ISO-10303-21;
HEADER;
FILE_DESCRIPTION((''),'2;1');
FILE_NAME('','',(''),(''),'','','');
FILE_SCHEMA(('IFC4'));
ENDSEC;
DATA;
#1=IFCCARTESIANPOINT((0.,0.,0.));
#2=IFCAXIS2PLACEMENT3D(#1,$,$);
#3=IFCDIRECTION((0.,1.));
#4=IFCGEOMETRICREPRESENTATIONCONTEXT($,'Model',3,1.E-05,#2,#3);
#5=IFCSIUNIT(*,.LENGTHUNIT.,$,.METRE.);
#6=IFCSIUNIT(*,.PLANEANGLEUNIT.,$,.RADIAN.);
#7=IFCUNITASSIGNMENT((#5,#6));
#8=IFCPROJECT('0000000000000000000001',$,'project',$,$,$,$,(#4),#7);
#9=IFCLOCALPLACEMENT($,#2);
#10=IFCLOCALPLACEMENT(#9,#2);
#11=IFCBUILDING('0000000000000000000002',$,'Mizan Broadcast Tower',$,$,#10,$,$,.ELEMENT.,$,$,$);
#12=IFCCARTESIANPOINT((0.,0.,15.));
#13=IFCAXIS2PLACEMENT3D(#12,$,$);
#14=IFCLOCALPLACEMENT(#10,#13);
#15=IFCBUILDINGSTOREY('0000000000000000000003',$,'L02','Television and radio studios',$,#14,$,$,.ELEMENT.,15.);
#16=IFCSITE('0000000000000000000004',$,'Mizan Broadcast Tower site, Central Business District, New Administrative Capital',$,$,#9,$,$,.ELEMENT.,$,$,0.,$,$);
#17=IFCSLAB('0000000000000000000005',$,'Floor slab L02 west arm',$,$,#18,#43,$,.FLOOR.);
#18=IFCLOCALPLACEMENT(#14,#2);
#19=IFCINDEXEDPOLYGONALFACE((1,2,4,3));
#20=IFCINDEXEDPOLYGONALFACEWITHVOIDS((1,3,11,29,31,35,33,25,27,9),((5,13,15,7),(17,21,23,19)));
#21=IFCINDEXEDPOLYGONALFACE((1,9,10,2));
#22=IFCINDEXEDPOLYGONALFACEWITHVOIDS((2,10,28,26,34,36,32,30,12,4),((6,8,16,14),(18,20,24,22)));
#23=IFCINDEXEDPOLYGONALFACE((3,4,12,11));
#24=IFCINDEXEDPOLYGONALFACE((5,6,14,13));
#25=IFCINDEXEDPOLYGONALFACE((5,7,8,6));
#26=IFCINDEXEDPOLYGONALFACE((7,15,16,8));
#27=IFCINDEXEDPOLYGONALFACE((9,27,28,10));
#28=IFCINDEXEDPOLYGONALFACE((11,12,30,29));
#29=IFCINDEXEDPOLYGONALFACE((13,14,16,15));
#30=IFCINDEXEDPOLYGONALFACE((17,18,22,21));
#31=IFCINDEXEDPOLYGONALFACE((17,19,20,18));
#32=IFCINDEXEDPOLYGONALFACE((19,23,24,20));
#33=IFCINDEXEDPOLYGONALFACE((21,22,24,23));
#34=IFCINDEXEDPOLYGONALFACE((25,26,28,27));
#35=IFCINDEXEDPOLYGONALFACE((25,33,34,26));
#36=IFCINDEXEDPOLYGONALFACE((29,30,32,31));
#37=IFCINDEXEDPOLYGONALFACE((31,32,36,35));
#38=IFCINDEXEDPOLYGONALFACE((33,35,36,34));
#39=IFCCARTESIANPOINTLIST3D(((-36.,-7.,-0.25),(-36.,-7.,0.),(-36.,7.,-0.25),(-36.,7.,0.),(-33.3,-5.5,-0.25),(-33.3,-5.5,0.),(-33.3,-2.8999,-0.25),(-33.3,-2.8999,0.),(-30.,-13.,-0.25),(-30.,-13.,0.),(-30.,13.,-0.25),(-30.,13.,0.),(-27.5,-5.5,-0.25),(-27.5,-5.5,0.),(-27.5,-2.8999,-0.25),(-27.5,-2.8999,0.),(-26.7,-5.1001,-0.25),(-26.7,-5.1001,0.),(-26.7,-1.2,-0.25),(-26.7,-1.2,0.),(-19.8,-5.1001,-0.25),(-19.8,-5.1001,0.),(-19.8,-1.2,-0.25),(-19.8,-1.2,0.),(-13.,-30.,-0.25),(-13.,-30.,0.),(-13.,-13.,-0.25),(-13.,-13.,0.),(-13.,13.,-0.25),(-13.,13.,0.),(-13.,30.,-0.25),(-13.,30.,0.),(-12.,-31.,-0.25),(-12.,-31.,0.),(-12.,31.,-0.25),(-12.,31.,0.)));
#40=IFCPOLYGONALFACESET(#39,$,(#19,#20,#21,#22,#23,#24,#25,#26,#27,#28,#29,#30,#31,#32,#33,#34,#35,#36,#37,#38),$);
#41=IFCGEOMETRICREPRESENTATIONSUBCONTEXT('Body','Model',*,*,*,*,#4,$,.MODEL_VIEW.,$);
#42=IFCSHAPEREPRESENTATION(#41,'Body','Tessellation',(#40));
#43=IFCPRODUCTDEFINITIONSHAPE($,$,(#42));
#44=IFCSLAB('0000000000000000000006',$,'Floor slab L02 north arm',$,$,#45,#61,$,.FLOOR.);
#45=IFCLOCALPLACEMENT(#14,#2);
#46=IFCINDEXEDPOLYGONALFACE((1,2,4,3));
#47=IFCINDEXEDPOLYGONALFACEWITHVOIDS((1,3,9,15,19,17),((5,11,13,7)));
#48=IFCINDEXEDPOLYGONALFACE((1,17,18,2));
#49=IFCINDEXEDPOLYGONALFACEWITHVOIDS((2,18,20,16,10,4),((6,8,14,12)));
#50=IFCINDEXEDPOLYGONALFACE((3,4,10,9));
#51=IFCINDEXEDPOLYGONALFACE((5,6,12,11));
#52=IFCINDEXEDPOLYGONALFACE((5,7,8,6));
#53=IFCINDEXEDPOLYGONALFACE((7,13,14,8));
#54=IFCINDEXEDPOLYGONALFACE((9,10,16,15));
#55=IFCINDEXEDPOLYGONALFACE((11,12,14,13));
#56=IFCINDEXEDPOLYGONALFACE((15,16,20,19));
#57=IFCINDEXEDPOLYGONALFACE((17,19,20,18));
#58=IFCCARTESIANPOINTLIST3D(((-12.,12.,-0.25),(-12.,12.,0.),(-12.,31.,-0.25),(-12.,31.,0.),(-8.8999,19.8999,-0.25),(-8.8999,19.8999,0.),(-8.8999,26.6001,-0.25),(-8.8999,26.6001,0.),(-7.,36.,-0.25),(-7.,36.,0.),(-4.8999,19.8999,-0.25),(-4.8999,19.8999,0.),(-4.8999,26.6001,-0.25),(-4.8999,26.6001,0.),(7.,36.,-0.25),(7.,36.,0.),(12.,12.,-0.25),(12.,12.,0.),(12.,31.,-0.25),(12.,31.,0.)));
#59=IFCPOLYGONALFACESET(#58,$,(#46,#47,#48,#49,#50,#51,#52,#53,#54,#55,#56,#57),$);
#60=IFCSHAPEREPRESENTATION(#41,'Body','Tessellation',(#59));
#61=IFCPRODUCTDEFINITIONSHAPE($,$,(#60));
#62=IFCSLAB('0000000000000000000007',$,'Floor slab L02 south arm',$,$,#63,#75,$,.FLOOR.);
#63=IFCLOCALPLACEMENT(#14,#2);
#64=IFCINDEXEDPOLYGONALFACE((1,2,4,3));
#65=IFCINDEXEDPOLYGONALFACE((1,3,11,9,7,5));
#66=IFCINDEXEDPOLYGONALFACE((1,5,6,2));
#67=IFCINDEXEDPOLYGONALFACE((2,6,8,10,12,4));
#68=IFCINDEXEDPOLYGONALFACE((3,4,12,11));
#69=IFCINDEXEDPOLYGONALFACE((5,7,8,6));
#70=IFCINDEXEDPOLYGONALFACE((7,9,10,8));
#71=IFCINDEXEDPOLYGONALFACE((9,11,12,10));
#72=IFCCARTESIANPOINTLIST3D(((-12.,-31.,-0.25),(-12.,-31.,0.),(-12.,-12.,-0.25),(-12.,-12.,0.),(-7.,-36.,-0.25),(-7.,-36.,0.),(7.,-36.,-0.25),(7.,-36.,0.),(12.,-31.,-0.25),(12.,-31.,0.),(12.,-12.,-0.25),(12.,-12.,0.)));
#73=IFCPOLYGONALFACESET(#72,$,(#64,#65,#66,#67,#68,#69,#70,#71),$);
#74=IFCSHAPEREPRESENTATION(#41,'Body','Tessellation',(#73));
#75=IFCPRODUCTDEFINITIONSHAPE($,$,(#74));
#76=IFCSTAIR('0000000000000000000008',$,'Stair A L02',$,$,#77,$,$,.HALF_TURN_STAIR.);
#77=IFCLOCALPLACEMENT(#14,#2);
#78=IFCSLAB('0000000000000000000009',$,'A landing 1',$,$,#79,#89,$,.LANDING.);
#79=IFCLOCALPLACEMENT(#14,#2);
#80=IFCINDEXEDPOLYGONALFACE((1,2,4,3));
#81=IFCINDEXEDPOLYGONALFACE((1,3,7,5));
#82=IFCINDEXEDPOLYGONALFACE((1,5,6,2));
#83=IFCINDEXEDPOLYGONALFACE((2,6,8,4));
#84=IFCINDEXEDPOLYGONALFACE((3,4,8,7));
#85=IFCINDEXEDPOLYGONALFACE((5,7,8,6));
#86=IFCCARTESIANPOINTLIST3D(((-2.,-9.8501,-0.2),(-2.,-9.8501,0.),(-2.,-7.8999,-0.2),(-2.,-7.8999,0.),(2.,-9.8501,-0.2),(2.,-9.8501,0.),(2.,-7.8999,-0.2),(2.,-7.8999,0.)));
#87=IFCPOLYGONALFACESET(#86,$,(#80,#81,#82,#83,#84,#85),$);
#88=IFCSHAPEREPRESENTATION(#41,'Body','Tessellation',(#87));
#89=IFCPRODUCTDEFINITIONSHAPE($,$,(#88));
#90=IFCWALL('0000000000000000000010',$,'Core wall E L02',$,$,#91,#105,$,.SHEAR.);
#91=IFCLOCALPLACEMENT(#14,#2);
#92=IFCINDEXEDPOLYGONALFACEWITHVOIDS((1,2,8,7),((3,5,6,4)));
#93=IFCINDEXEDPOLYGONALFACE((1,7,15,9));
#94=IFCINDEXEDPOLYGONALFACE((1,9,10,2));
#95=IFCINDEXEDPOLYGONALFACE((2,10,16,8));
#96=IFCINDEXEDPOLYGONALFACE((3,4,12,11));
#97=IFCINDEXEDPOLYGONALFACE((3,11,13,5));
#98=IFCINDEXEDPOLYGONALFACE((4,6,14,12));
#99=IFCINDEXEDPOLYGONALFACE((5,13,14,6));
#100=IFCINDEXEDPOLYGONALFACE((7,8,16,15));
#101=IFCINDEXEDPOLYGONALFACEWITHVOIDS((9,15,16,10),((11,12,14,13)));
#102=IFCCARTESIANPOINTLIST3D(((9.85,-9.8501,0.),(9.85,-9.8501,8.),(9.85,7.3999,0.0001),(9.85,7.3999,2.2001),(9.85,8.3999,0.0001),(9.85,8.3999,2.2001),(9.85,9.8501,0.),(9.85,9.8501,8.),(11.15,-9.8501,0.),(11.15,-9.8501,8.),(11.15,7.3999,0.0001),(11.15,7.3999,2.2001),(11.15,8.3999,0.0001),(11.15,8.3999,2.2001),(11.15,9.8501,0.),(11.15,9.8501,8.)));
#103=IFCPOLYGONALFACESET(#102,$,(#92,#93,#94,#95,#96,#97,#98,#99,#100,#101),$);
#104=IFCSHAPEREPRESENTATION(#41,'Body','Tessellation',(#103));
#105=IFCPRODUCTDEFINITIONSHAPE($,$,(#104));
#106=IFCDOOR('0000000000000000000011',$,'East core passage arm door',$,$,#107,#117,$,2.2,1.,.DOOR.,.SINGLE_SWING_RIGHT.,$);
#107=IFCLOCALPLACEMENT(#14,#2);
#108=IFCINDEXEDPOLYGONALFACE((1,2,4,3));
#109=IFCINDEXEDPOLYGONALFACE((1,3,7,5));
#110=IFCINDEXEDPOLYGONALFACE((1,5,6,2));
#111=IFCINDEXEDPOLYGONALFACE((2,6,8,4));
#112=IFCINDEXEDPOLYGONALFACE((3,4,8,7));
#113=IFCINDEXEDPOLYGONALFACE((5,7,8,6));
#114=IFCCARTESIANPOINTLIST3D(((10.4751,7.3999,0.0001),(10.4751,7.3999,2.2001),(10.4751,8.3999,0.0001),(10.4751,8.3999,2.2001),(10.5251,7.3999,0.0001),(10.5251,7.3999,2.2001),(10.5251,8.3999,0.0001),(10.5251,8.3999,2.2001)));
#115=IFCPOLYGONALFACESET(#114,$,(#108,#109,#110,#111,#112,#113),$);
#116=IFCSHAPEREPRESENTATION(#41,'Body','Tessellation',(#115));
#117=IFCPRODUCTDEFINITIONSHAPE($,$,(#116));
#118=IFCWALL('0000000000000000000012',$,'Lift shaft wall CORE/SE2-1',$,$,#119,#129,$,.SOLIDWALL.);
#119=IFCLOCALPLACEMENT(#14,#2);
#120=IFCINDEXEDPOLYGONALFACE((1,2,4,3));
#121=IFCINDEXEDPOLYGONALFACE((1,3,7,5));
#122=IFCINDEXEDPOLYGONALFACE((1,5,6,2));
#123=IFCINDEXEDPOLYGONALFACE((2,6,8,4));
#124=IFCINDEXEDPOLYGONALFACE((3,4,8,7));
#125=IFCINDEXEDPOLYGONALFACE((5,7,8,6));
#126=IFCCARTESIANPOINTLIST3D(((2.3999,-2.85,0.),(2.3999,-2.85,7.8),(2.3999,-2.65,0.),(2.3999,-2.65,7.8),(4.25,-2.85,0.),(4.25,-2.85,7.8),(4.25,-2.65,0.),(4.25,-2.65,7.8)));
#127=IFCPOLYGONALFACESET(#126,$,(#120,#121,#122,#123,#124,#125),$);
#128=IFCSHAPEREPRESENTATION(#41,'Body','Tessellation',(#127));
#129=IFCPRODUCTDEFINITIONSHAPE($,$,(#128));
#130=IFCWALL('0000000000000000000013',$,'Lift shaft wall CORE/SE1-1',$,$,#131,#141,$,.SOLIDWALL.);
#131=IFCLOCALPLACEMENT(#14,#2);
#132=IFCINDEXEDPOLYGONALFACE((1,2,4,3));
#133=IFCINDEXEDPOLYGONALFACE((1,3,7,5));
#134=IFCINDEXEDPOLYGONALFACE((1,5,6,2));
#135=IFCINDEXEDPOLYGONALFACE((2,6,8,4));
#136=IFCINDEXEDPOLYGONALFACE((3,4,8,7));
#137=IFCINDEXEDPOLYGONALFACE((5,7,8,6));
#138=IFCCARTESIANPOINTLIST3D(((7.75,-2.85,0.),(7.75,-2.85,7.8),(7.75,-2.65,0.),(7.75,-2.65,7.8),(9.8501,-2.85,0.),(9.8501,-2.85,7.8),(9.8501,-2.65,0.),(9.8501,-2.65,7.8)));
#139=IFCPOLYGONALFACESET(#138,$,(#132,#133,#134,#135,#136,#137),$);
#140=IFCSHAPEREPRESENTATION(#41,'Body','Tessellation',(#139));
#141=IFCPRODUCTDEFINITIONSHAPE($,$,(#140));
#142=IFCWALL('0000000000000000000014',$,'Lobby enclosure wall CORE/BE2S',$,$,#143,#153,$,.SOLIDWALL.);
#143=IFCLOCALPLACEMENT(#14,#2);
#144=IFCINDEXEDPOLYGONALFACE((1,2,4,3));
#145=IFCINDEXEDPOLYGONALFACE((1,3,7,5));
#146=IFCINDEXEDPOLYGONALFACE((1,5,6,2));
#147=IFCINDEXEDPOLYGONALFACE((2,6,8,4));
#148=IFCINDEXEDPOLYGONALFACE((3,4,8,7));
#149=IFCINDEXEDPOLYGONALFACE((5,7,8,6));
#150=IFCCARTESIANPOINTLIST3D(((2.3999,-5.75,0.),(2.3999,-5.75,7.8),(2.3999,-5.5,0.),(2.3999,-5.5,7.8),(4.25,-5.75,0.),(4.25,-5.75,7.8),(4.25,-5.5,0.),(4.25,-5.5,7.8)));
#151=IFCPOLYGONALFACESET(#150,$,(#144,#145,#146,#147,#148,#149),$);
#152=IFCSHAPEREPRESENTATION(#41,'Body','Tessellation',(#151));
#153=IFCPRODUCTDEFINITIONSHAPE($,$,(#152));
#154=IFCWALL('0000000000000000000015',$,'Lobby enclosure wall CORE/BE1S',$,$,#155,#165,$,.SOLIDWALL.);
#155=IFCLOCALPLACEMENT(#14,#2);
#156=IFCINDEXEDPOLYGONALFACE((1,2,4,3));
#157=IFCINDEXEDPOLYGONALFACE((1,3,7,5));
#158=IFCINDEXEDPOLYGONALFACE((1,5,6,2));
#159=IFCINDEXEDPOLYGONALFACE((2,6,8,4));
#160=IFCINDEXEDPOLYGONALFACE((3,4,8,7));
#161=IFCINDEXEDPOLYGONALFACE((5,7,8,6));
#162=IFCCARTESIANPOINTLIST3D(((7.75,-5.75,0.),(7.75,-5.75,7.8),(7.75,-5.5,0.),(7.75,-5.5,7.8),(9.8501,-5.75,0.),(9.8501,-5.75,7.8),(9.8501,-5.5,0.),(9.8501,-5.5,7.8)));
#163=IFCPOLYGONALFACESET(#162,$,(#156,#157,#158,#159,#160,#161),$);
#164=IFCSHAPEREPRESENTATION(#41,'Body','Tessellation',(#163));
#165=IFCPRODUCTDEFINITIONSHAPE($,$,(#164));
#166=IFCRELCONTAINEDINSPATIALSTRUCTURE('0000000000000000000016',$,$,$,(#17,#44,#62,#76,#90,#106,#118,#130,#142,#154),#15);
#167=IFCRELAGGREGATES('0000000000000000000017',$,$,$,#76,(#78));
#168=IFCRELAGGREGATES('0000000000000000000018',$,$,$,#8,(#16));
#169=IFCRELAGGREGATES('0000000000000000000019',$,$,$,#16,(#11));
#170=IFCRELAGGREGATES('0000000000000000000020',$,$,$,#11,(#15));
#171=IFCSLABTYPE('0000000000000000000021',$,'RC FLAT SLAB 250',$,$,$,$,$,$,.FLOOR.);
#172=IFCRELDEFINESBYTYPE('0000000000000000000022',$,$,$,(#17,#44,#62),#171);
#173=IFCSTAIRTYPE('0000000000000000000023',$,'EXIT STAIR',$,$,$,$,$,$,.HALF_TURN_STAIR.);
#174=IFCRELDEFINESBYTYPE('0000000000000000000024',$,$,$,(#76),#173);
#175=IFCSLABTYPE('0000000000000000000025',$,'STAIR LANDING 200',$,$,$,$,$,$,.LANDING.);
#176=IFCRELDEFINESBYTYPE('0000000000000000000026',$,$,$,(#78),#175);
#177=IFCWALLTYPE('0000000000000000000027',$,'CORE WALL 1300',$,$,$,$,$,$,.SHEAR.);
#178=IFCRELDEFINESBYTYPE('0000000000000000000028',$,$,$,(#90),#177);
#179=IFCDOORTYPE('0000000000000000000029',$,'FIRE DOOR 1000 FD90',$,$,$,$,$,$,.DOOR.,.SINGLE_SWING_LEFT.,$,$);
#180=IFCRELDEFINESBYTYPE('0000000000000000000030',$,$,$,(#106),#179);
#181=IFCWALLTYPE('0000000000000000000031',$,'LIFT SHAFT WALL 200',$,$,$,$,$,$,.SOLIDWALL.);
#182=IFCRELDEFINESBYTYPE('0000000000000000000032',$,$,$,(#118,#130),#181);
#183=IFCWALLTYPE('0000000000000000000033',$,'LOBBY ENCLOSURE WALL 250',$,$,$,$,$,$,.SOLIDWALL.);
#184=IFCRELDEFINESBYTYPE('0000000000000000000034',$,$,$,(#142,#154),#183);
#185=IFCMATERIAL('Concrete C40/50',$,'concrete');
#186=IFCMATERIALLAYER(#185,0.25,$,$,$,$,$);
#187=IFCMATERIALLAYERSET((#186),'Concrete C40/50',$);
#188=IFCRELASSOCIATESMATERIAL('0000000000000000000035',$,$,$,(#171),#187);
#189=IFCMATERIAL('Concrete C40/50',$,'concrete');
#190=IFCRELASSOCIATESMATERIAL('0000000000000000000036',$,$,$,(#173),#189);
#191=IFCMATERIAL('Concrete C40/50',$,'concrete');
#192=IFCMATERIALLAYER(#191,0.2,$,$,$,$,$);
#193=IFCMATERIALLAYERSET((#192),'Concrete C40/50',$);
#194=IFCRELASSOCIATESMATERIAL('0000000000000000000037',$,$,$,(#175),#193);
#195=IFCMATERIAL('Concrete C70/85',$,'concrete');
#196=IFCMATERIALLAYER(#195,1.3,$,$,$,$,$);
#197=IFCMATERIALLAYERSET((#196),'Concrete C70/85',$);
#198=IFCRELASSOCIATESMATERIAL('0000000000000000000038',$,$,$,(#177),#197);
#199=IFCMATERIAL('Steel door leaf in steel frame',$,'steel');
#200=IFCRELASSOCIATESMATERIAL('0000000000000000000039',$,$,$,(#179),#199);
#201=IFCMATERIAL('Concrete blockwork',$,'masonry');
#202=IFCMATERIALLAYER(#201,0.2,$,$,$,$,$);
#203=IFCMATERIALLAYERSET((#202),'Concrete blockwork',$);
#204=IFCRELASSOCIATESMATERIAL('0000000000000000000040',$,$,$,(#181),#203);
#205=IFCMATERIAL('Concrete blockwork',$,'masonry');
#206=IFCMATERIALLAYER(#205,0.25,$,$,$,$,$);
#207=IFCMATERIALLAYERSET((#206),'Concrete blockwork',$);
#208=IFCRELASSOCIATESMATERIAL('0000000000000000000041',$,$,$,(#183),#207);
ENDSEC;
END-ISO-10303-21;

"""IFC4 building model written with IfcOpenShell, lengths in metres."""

from ifc_helpers import new_model, si_unit, direction, frame, frame_2d, origin, place, context, subcontext, project, spatial, polyline, rectangle, outline, extrude, material, layer, layer_set, type_object, element, fill, aggregate, save


model = new_model("IFC4")

# Units and contexts
model_context = context("Model", 3, precision=1e-05, world=origin(), true_north=direction((0.0, 1.0)))
body_context = subcontext(model_context, "Body", "Model", "MODEL_VIEW")
ifc_project = project(units=[si_unit("LENGTHUNIT", "METRE"), si_unit("PLANEANGLEUNIT", "RADIAN")], contexts=[model_context])

# Site, building, storey
site_placement = place(None, origin())
site = spatial("IfcSite", under=ifc_project, at=site_placement, Name="Mizan Broadcast Tower site, Central Business District, New Administrative Capital", CompositionType="ELEMENT", RefElevation=0.0)
building_placement = place(site_placement, origin())
building = spatial("IfcBuilding", under=site, at=building_placement, Name="Mizan Broadcast Tower", CompositionType="ELEMENT")
storey_placement = place(building_placement, frame((0.0, 0.0, 15.0)))
storey = spatial("IfcBuildingStorey", under=building, at=storey_placement, Name="L02", Description="Television and radio studios", CompositionType="ELEMENT", Elevation=15.0)

# Slabs
ifc_material_1 = material(Name="Concrete C40/50", Category="concrete")
ifc_layer_1 = layer(ifc_material_1, 0.25)
ifc_layer_set_1 = layer_set([ifc_layer_1], Name="Concrete C40/50")
slab_type_1 = type_object("IfcSlabType", Name="RC FLAT SLAB 250", PredefinedType="FLOOR", material=ifc_layer_set_1)
slab_1_placement = place(storey_placement, frame((0.0, 0.0, -0.25)))
element("IfcSlab", 1, at=slab_1_placement, inside=storey, type_object=slab_type_1, Name="Floor slab L02 west arm", PredefinedType="FLOOR", context=body_context, shape_type="SweptSolid", body=[
    extrude(outline(polyline([(-30.0, -13.0), (-13.0, -13.0), (-13.0, -30.0), (-12.0, -31.0), (-12.0, 31.0), (-13.0, 30.0), (-13.0, 13.0), (-30.0, 13.0), (-36.0, 7.0), (-36.0, -7.0), (-30.0, -13.0)]), holes=[polyline([(-19.8, -1.2), (-19.8, -5.1001), (-26.7, -5.1001), (-26.7, -1.2), (-19.8, -1.2)]), polyline([(-27.5, -5.5), (-33.3, -5.5), (-33.3, -2.8999), (-27.5, -2.8999), (-27.5, -5.5)])]), origin(), (0.0, 0.0, 1.0), 0.25),
])
slab_2_placement = place(storey_placement, frame((0.0, 0.0, -0.25)))
element("IfcSlab", 2, at=slab_2_placement, inside=storey, type_object=slab_type_1, Name="Floor slab L02 north arm", PredefinedType="FLOOR", context=body_context, shape_type="SweptSolid", body=[
    extrude(outline(polyline([(-7.0, 36.0), (-12.0, 31.0), (-12.0, 12.0), (12.0, 12.0), (12.0, 31.0), (7.0, 36.0), (-7.0, 36.0)]), holes=[polyline([(-8.8999, 26.6001), (-4.8999, 26.6001), (-4.8999, 19.8999), (-8.8999, 19.8999), (-8.8999, 26.6001)])]), origin(), (0.0, 0.0, 1.0), 0.25),
])
slab_3_placement = place(storey_placement, frame((0.0, 0.0, -0.25)))
element("IfcSlab", 3, at=slab_3_placement, inside=storey, type_object=slab_type_1, Name="Floor slab L02 south arm", PredefinedType="FLOOR", context=body_context, shape_type="SweptSolid", body=[
    extrude(outline(polyline([(7.0, -36.0), (12.0, -31.0), (12.0, -12.0), (-12.0, -12.0), (-12.0, -31.0), (-7.0, -36.0), (7.0, -36.0)])), origin(), (0.0, 0.0, 1.0), 0.25),
])

# Stair, slab
ifc_material_2 = material(Name="Concrete C40/50", Category="concrete")
stair_type = type_object("IfcStairType", Name="EXIT STAIR", PredefinedType="HALF_TURN_STAIR", material=ifc_material_2)
stair_placement = place(storey_placement, origin())
stair = element("IfcStair", 4, at=stair_placement, inside=storey, type_object=stair_type, Name="Stair A L02", PredefinedType="HALF_TURN_STAIR")
ifc_material_3 = material(Name="Concrete C40/50", Category="concrete")
ifc_layer_2 = layer(ifc_material_3, 0.2)
ifc_layer_set_2 = layer_set([ifc_layer_2], Name="Concrete C40/50")
slab_type_2 = type_object("IfcSlabType", Name="STAIR LANDING 200", PredefinedType="LANDING", material=ifc_layer_set_2)
slab_4_placement = place(storey_placement, frame((0.0, 0.0, -0.2)))
slab_4 = element("IfcSlab", 5, at=slab_4_placement, type_object=slab_type_2, Name="A landing 1", PredefinedType="LANDING", context=body_context, shape_type="SweptSolid", body=[
    extrude(outline(polyline([(-2.0, -9.8501), (-2.0, -7.8999), (2.0, -7.8999), (2.0, -9.8501), (-2.0, -9.8501)])), origin(), (0.0, 0.0, 1.0), 0.2),
])

# Wall, opening, door
ifc_material_4 = material(Name="Concrete C70/85", Category="concrete")
ifc_layer_3 = layer(ifc_material_4, 1.3)
ifc_layer_set_3 = layer_set([ifc_layer_3], Name="Concrete C70/85")
wall_type_1 = type_object("IfcWallType", Name="CORE WALL 1300", PredefinedType="SHEAR", material=ifc_layer_set_3)
wall_1_placement = place(storey_placement, frame((10.5, -9.8501, 0.0), z_axis=(0.0, 0.0, 1.0), x_axis=(0.0, 1.0, 0.0)))
wall_1 = element("IfcWall", 6, at=wall_1_placement, inside=storey, type_object=wall_type_1, Name="Core wall E L02", PredefinedType="SHEAR", context=body_context, shape_type="SweptSolid", body=[
    extrude(rectangle(XDim=19.7002, YDim=1.3, at=frame_2d((9.8501, 0.0))), origin(), (0.0, 0.0, 1.0), 8.0),
])
opening_1_placement = place(wall_1_placement, frame((17.25, 0.0, 0.0)))
opening_1 = element("IfcOpeningElement", 7, at=opening_1_placement, cuts=wall_1, PredefinedType="OPENING", context=body_context, shape_type="SweptSolid", body=[
    extrude(rectangle(XDim=1.0, YDim=2.2, at=frame_2d((0.5, 1.1001))), frame((0.0, 0.6599, 0.0), z_axis=(0.0, -1.0, 0.0), x_axis=(1.0, 0.0, 0.0)), (0.0, 0.0, 1.0), 1.3201),
])
ifc_material_5 = material(Name="Steel door leaf in steel frame", Category="steel")
door_type_1 = type_object("IfcDoorType", Name="FIRE DOOR 1000 FD90", OperationType="SINGLE_SWING_LEFT", PredefinedType="DOOR", material=ifc_material_5)
door_1_placement = place(opening_1_placement, origin())
door_1 = element("IfcDoor", 8, at=door_1_placement, inside=storey, type_object=door_type_1, Name="East core passage arm door", OperationType="SINGLE_SWING_RIGHT", OverallHeight=2.2, OverallWidth=1.0, PredefinedType="DOOR", context=body_context, shape_type="SweptSolid", body=[
    extrude(rectangle(XDim=1.0, YDim=2.2, at=frame_2d((0.5, 1.1001))), frame((0.0, 0.0249, 0.0), z_axis=(0.0, -1.0, 0.0), x_axis=(1.0, 0.0, 0.0)), (0.0, 0.0, 1.0), 0.05),
])
fill(opening_1, door_1)

# Walls
ifc_material_6 = material(Name="Concrete blockwork", Category="masonry")
ifc_layer_4 = layer(ifc_material_6, 0.2)
ifc_layer_set_4 = layer_set([ifc_layer_4], Name="Concrete blockwork")
wall_type_2 = type_object("IfcWallType", Name="LIFT SHAFT WALL 200", PredefinedType="SOLIDWALL", material=ifc_layer_set_4)
wall_2_placement = place(storey_placement, frame((2.3999, -2.75, 0.0), z_axis=(0.0, 0.0, 1.0), x_axis=(1.0, 0.0, 0.0)))
element("IfcWall", 9, at=wall_2_placement, inside=storey, type_object=wall_type_2, Name="Lift shaft wall CORE/SE2-1", PredefinedType="SOLIDWALL", context=body_context, shape_type="SweptSolid", body=[
    extrude(rectangle(XDim=1.8501, YDim=0.2, at=frame_2d((0.925, 0.0))), origin(), (0.0, 0.0, 1.0), 7.8),
])
wall_3_placement = place(storey_placement, frame((7.75, -2.75, 0.0), z_axis=(0.0, 0.0, 1.0), x_axis=(1.0, 0.0, 0.0)))
element("IfcWall", 10, at=wall_3_placement, inside=storey, type_object=wall_type_2, Name="Lift shaft wall CORE/SE1-1", PredefinedType="SOLIDWALL", context=body_context, shape_type="SweptSolid", body=[
    extrude(rectangle(XDim=2.1001, YDim=0.2, at=frame_2d((1.05, 0.0))), origin(), (0.0, 0.0, 1.0), 7.8),
])
ifc_material_7 = material(Name="Concrete blockwork", Category="masonry")
ifc_layer_5 = layer(ifc_material_7, 0.25)
ifc_layer_set_5 = layer_set([ifc_layer_5], Name="Concrete blockwork")
wall_type_3 = type_object("IfcWallType", Name="LOBBY ENCLOSURE WALL 250", PredefinedType="SOLIDWALL", material=ifc_layer_set_5)
wall_4_placement = place(storey_placement, frame((2.3999, -5.625, 0.0), z_axis=(0.0, 0.0, 1.0), x_axis=(1.0, 0.0, 0.0)))
element("IfcWall", 11, at=wall_4_placement, inside=storey, type_object=wall_type_3, Name="Lobby enclosure wall CORE/BE2S", PredefinedType="SOLIDWALL", context=body_context, shape_type="SweptSolid", body=[
    extrude(rectangle(XDim=1.8501, YDim=0.25, at=frame_2d((0.925, 0.0))), origin(), (0.0, 0.0, 1.0), 7.8),
])
wall_5_placement = place(storey_placement, frame((7.75, -5.625, 0.0), z_axis=(0.0, 0.0, 1.0), x_axis=(1.0, 0.0, 0.0)))
element("IfcWall", 12, at=wall_5_placement, inside=storey, type_object=wall_type_3, Name="Lobby enclosure wall CORE/BE1S", PredefinedType="SOLIDWALL", context=body_context, shape_type="SweptSolid", body=[
    extrude(rectangle(XDim=2.1001, YDim=0.25, at=frame_2d((1.05, 0.0))), origin(), (0.0, 0.0, 1.0), 7.8),
])

aggregate(stair, [slab_4])

save(model, "model.ifc")
